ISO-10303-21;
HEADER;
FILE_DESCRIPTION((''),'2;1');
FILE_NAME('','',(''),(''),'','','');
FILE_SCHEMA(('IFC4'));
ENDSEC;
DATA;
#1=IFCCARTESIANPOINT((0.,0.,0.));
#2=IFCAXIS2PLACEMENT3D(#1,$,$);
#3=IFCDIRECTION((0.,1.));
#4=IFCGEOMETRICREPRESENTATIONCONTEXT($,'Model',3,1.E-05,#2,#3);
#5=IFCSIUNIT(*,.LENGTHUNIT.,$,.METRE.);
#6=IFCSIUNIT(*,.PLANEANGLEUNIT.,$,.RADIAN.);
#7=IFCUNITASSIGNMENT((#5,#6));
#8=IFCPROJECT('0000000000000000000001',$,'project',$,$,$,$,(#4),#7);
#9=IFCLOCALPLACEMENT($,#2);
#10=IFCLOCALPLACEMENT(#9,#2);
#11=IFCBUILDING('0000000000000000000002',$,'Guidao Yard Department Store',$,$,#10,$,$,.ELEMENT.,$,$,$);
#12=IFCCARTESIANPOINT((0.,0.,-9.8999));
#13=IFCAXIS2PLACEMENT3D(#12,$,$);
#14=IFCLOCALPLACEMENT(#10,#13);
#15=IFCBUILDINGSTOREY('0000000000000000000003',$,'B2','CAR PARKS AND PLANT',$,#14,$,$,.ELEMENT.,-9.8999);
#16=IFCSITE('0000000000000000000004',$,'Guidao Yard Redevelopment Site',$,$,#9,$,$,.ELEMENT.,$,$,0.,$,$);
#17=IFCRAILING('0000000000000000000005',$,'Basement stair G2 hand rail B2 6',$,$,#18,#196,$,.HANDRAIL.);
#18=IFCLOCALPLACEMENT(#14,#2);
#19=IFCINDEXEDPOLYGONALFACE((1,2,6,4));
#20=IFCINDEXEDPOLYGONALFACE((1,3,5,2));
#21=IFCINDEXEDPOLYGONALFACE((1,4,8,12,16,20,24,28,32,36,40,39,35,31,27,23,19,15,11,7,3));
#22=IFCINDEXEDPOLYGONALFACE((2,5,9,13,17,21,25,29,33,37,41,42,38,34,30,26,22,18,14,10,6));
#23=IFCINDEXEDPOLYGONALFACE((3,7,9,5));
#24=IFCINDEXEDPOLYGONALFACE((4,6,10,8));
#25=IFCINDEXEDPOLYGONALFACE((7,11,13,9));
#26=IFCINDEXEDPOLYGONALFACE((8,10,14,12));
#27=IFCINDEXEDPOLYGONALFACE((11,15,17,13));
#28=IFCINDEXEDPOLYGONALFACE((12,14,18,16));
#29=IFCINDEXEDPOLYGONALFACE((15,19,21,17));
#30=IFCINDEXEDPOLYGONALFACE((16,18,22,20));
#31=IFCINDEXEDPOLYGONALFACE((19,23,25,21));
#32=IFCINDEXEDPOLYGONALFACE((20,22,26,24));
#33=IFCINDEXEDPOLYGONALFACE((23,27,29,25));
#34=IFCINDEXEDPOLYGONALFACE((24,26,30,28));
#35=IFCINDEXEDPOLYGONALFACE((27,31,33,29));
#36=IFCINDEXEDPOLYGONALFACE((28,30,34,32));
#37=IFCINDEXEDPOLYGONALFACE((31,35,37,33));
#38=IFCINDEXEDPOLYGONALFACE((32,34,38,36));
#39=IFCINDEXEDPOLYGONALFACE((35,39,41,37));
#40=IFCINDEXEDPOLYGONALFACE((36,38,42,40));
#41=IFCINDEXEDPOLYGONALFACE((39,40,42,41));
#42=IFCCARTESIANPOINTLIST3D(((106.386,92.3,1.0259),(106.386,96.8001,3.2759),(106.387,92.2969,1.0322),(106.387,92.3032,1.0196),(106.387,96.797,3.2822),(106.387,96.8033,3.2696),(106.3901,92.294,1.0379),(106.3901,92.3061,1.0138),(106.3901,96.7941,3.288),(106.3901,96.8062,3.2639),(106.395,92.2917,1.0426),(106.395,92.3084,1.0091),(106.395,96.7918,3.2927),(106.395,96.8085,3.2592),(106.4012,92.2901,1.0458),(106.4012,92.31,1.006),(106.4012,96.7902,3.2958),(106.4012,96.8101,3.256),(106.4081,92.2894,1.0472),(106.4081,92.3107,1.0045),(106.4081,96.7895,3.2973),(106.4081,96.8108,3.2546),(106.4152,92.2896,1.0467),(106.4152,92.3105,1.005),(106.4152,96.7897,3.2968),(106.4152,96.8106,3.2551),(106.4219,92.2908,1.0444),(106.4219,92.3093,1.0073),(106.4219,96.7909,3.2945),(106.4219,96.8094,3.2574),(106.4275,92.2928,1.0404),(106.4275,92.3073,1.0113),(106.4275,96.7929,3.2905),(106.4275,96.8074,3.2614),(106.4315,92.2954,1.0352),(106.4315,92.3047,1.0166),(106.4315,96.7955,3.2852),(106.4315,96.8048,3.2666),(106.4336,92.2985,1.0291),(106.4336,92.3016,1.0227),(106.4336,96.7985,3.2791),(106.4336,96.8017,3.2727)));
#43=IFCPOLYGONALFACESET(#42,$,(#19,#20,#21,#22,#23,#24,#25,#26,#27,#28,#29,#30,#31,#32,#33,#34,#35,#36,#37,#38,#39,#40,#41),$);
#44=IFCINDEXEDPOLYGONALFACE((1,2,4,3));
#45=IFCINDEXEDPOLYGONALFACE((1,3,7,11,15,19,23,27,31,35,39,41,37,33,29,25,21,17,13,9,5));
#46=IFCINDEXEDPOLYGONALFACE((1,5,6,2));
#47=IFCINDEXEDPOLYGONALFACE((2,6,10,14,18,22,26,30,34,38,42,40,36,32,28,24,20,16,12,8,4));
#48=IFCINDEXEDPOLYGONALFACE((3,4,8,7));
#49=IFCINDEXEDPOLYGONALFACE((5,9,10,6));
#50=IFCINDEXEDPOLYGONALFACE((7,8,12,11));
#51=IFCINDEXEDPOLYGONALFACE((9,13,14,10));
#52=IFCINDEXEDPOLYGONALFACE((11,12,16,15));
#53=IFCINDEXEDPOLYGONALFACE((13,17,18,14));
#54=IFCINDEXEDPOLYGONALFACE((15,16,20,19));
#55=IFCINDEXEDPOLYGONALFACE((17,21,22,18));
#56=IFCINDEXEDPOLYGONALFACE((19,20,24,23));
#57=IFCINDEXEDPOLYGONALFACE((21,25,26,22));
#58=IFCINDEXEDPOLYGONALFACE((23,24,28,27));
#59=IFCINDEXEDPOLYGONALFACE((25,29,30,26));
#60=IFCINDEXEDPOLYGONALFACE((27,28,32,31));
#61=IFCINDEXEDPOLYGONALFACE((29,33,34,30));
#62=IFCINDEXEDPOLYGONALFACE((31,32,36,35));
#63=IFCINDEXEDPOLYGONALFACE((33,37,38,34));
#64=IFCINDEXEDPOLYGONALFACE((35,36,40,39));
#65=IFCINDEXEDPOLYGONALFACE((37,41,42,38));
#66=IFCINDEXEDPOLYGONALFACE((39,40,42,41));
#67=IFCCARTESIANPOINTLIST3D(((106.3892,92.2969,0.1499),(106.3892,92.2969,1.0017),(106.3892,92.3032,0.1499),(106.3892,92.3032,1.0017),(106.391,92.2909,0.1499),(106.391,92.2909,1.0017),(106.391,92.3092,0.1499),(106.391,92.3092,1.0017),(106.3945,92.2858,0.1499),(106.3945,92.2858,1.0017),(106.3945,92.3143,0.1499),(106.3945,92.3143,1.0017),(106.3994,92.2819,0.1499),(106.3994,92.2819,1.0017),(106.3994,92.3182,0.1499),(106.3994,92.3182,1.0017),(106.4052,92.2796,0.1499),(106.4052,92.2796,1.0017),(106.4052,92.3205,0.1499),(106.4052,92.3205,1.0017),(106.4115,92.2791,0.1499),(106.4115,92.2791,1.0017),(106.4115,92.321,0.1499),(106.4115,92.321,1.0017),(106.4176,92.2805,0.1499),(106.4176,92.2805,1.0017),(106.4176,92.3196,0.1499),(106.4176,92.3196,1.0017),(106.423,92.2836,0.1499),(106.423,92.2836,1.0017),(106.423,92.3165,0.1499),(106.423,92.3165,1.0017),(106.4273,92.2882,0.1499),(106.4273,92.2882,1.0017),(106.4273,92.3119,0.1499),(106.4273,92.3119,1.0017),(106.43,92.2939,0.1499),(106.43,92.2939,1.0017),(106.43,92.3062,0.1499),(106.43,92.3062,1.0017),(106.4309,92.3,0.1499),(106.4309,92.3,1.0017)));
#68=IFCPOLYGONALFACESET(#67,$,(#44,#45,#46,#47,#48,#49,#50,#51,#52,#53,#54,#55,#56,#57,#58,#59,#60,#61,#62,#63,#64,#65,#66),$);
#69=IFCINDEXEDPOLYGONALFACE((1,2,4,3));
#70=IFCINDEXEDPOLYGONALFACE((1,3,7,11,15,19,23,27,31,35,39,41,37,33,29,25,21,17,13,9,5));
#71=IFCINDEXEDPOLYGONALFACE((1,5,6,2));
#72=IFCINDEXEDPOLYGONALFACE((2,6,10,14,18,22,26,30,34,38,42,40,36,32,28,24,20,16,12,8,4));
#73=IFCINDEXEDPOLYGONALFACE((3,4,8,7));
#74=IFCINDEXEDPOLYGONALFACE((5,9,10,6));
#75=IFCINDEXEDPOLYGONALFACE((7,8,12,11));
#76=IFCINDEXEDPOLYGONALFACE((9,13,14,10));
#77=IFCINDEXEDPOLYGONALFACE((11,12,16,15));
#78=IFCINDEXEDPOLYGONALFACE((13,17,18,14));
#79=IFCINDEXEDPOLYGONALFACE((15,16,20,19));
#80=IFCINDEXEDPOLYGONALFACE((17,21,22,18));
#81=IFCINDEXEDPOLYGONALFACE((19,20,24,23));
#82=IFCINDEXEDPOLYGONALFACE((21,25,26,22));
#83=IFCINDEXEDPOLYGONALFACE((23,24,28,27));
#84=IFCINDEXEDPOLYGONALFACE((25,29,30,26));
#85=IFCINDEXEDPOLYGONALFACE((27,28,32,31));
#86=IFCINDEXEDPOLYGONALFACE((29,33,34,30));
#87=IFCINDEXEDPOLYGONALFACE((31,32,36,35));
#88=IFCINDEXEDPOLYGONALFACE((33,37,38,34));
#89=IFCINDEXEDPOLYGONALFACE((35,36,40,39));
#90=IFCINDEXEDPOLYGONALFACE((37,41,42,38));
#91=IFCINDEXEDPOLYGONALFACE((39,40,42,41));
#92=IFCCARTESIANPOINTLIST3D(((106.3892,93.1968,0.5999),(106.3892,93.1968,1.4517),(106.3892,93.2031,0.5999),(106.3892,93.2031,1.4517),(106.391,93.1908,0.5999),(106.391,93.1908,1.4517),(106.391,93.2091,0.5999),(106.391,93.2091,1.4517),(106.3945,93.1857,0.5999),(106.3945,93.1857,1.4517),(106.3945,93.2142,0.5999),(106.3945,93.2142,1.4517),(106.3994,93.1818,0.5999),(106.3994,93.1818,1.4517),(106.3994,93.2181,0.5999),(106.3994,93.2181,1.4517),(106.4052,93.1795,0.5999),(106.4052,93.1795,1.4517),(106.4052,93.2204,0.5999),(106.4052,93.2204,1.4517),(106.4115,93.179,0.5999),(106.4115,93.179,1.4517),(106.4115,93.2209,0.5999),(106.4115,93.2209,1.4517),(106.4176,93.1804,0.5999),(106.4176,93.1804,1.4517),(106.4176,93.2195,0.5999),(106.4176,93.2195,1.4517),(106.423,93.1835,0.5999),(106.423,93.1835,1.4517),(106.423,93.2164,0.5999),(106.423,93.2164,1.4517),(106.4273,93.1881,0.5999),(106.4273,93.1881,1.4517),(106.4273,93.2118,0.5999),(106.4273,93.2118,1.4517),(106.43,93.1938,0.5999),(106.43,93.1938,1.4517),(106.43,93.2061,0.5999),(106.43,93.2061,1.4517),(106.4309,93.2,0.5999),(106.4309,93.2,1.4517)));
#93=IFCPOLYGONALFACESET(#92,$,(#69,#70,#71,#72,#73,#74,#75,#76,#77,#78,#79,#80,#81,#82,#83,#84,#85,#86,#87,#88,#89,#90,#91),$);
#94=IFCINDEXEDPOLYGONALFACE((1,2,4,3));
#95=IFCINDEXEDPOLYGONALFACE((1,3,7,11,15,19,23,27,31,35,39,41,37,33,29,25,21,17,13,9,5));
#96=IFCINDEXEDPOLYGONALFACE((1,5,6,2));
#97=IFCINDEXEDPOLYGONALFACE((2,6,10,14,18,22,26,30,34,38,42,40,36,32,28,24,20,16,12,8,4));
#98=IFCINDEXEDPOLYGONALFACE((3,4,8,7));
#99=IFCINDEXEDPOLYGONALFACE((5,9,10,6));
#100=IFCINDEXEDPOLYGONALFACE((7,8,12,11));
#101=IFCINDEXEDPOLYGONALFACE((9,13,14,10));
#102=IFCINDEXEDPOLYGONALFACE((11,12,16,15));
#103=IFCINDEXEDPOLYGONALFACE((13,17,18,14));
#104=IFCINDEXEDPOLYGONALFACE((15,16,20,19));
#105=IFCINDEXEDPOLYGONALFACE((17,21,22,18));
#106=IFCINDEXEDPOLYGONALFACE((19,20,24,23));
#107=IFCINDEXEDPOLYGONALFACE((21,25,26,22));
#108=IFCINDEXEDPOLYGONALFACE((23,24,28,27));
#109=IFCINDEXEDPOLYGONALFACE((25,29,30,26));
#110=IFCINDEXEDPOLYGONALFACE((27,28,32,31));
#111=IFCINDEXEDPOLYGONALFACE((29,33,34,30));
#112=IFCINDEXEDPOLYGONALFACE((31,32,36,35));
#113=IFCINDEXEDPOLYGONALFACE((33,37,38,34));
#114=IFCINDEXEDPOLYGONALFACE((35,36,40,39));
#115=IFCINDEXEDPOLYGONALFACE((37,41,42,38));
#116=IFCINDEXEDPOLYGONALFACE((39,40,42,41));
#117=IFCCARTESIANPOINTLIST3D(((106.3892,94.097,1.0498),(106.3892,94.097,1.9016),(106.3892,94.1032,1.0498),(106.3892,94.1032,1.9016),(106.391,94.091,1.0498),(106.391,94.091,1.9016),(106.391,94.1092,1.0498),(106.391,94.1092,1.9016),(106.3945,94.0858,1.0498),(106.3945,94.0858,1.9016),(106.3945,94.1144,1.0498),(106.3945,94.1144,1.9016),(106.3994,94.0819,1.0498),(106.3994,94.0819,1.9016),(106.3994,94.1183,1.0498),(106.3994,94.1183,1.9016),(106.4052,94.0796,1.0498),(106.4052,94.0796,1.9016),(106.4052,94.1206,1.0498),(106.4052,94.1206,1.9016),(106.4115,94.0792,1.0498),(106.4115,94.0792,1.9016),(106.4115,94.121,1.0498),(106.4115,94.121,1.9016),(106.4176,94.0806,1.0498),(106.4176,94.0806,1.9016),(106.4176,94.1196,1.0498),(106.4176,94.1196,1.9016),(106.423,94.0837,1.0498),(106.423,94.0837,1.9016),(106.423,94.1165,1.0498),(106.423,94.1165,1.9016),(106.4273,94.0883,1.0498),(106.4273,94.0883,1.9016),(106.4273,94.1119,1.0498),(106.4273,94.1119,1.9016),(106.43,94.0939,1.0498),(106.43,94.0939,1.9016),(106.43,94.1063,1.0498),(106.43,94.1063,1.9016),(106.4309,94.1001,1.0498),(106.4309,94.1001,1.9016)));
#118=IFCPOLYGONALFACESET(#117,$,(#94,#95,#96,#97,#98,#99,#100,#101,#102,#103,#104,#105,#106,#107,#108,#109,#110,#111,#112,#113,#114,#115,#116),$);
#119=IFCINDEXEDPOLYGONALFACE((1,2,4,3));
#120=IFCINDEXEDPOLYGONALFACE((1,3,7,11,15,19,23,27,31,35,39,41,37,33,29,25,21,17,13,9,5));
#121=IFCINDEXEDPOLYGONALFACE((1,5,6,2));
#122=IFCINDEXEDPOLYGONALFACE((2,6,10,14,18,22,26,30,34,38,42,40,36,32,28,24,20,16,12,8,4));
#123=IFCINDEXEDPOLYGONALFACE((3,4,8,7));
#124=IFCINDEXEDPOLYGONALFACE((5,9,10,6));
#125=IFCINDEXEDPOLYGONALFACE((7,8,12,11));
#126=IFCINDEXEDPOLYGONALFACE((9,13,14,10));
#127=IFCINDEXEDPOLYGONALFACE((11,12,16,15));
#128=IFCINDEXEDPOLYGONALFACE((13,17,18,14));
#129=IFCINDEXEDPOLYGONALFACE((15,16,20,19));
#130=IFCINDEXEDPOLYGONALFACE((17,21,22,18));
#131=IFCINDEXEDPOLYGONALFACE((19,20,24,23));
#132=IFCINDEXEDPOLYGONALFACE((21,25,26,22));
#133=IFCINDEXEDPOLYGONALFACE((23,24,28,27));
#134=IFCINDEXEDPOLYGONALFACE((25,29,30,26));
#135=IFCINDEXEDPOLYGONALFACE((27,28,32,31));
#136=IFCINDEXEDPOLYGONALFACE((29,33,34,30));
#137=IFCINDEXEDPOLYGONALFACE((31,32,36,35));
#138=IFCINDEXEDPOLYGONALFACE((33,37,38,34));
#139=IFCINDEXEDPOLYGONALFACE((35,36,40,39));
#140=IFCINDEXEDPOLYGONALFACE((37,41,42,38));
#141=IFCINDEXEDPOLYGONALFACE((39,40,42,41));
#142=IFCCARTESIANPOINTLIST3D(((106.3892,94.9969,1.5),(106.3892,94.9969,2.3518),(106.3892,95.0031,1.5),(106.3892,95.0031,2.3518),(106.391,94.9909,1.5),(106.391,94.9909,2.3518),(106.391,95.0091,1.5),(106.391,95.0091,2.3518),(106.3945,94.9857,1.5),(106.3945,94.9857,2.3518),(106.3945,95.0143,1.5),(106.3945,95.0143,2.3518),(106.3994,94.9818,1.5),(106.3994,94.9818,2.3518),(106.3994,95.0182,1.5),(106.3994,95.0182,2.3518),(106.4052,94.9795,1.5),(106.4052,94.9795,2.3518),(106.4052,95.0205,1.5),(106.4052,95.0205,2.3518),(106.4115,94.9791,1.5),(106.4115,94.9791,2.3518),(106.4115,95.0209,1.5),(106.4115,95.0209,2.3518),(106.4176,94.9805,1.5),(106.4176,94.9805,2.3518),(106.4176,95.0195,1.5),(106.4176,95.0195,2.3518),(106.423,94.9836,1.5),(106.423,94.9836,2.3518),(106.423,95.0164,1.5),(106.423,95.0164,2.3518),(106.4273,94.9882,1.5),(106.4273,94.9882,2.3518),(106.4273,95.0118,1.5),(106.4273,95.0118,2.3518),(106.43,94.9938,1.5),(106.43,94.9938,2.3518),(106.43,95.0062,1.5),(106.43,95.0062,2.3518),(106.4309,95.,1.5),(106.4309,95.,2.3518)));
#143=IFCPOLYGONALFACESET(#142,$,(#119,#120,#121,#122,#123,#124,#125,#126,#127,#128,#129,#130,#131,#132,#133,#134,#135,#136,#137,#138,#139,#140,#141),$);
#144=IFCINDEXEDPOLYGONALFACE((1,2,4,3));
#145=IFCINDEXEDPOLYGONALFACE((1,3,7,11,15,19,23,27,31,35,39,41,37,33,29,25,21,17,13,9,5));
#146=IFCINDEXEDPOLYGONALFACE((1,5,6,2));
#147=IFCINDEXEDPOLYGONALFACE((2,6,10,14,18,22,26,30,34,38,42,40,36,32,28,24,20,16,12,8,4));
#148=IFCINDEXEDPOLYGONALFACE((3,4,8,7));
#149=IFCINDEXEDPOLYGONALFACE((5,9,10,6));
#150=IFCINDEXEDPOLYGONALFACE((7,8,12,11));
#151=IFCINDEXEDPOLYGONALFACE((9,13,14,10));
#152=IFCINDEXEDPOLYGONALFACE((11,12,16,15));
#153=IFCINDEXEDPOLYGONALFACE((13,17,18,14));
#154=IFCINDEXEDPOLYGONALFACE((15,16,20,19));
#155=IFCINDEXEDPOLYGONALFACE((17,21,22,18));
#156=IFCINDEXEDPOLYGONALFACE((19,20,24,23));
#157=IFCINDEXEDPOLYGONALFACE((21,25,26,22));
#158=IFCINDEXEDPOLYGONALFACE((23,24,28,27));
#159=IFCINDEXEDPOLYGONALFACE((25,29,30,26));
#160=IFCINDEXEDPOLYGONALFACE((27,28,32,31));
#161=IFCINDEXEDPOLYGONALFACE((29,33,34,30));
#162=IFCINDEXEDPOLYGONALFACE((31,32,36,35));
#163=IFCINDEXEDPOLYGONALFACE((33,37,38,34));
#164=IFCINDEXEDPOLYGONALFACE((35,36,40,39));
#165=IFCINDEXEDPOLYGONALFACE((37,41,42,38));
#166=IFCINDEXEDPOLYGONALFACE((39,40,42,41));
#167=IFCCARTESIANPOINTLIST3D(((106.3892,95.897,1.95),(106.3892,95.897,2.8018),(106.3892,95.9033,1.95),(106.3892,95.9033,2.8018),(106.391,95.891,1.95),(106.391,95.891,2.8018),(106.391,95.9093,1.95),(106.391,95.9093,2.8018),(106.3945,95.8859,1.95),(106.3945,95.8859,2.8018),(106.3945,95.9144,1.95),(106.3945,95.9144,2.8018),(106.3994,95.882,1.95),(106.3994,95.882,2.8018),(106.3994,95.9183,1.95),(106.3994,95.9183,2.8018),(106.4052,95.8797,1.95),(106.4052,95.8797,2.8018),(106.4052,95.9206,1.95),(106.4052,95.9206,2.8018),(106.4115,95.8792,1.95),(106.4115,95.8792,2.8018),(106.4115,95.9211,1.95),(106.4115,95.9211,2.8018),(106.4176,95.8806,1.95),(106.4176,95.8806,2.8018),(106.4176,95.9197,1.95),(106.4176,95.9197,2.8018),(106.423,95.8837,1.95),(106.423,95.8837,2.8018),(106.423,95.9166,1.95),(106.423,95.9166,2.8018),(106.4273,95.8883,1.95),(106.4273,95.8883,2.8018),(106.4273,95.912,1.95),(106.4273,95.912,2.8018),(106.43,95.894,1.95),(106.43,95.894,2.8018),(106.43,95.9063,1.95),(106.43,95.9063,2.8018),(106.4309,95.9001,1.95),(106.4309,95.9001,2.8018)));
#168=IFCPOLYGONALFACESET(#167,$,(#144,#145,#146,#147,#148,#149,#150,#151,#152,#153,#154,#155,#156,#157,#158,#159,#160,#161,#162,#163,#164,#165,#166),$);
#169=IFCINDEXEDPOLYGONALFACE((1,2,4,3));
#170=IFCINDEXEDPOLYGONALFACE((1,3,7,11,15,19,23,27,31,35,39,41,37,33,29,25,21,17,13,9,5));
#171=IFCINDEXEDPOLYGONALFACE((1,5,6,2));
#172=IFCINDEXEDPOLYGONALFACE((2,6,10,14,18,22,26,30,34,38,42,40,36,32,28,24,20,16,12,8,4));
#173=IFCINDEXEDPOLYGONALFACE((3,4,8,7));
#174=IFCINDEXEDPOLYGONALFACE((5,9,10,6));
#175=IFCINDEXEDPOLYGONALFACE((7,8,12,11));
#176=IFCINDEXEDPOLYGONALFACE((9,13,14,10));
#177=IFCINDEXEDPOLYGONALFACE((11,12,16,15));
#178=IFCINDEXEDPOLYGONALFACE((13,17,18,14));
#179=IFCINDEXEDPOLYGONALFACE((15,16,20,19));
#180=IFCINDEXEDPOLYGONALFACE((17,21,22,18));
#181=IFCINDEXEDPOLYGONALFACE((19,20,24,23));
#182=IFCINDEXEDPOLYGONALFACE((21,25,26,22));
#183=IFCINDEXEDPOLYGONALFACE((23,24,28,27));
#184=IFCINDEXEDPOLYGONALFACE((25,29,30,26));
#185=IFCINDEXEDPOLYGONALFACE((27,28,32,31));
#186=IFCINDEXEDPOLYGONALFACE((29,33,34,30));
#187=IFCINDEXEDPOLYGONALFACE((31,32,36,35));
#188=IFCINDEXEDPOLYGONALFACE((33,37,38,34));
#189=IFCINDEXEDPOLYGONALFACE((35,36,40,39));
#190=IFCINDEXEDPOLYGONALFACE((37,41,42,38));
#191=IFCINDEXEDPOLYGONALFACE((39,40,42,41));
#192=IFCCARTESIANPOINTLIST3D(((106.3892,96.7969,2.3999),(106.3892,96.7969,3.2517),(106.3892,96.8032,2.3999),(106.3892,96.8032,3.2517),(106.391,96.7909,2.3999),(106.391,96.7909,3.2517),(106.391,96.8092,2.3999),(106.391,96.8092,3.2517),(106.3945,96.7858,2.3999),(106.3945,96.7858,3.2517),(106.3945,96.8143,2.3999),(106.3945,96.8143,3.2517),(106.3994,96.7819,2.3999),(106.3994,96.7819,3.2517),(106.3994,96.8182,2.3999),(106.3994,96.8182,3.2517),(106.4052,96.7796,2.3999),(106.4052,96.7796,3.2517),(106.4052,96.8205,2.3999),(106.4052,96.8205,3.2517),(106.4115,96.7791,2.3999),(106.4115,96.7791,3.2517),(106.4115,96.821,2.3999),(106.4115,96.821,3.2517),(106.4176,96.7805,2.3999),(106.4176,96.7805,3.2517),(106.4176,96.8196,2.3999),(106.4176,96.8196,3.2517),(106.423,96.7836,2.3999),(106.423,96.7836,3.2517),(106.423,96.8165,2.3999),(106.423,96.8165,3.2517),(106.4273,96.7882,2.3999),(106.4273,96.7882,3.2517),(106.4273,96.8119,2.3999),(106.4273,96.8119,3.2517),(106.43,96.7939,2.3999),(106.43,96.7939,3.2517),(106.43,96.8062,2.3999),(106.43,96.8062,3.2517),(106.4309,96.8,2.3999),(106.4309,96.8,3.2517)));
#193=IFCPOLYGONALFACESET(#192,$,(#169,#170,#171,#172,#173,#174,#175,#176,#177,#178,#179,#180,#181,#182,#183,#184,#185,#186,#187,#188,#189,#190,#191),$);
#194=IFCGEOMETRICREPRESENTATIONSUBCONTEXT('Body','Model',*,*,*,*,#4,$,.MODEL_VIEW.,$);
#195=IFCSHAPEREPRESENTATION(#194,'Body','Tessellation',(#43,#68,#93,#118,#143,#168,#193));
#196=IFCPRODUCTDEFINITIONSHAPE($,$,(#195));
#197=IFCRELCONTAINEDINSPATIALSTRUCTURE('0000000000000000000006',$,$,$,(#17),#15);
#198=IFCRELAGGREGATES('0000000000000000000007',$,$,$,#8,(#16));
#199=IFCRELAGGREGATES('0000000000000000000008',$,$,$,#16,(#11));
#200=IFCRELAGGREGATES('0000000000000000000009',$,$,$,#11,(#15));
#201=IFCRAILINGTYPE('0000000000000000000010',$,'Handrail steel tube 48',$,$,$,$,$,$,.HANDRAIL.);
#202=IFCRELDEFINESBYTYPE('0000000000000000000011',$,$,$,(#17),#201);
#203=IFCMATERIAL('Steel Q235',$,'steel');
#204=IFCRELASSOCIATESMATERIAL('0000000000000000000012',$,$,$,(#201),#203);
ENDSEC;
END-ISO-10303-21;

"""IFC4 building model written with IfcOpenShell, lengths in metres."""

from ifc_helpers import new_model, si_unit, direction, frame, origin, origin_2d, place, context, subcontext, project, spatial, circle, extrude, material, type_object, element, save


model = new_model("IFC4")

# Units and contexts
model_context = context("Model", 3, precision=1e-05, world=origin(), true_north=direction((0.0, 1.0)))
body_context = subcontext(model_context, "Body", "Model", "MODEL_VIEW")
ifc_project = project(units=[si_unit("LENGTHUNIT", "METRE"), si_unit("PLANEANGLEUNIT", "RADIAN")], contexts=[model_context])

# Site, building, storey
site_placement = place(None, origin())
site = spatial("IfcSite", under=ifc_project, at=site_placement, Name="Guidao Yard Redevelopment Site", CompositionType="ELEMENT", RefElevation=0.0)
building_placement = place(site_placement, origin())
building = spatial("IfcBuilding", under=site, at=building_placement, Name="Guidao Yard Department Store", CompositionType="ELEMENT")
storey_placement = place(building_placement, frame((0.0, 0.0, -9.8999)))
storey = spatial("IfcBuildingStorey", under=building, at=storey_placement, Name="B2", Description="CAR PARKS AND PLANT", CompositionType="ELEMENT", Elevation=-9.8999)

# Railing
ifc_material_1 = material(Name="Steel Q235", Category="steel")
railing_type_1 = type_object("IfcRailingType", Name="Handrail steel tube 48", PredefinedType="HANDRAIL", material=ifc_material_1)
for number, where, name in (
    (1, (106.4099, 92.3, 0.1499), "Basement stair G2 hand rail B2 6"),
):
    element("IfcRailing", number, at=place(storey_placement, frame(where)), inside=storey, type_object=railing_type_1, Name=name, PredefinedType="HANDRAIL", context=body_context, shape_type="SweptSolid", body=[
        extrude(circle(Radius=0.0239, at=origin_2d()), frame((0.0, 0.0, 0.876), z_axis=(0.0, 0.894427, 0.447214), x_axis=(-1.0, 0.0, 0.0)), (0.0, 0.0, 1.0), 5.0312),
        extrude(circle(Radius=0.021, at=origin_2d()), origin(), (0.0, 0.0, 1.0), 0.8518),
        extrude(circle(Radius=0.021, at=origin_2d()), frame((0.0, 0.8999, 0.45)), (0.0, 0.0, 1.0), 0.8518),
        extrude(circle(Radius=0.021, at=origin_2d()), frame((0.0, 1.8, 0.8999)), (0.0, 0.0, 1.0), 0.8518),
        extrude(circle(Radius=0.021, at=origin_2d()), frame((0.0, 2.7, 1.3501)), (0.0, 0.0, 1.0), 0.8518),
        extrude(circle(Radius=0.021, at=origin_2d()), frame((0.0, 3.6001, 1.8)), (0.0, 0.0, 1.0), 0.8518),
        extrude(circle(Radius=0.021, at=origin_2d()), frame((0.0, 4.5, 2.25)), (0.0, 0.0, 1.0), 0.8518),
    ])

save(model, "model.ifc")
